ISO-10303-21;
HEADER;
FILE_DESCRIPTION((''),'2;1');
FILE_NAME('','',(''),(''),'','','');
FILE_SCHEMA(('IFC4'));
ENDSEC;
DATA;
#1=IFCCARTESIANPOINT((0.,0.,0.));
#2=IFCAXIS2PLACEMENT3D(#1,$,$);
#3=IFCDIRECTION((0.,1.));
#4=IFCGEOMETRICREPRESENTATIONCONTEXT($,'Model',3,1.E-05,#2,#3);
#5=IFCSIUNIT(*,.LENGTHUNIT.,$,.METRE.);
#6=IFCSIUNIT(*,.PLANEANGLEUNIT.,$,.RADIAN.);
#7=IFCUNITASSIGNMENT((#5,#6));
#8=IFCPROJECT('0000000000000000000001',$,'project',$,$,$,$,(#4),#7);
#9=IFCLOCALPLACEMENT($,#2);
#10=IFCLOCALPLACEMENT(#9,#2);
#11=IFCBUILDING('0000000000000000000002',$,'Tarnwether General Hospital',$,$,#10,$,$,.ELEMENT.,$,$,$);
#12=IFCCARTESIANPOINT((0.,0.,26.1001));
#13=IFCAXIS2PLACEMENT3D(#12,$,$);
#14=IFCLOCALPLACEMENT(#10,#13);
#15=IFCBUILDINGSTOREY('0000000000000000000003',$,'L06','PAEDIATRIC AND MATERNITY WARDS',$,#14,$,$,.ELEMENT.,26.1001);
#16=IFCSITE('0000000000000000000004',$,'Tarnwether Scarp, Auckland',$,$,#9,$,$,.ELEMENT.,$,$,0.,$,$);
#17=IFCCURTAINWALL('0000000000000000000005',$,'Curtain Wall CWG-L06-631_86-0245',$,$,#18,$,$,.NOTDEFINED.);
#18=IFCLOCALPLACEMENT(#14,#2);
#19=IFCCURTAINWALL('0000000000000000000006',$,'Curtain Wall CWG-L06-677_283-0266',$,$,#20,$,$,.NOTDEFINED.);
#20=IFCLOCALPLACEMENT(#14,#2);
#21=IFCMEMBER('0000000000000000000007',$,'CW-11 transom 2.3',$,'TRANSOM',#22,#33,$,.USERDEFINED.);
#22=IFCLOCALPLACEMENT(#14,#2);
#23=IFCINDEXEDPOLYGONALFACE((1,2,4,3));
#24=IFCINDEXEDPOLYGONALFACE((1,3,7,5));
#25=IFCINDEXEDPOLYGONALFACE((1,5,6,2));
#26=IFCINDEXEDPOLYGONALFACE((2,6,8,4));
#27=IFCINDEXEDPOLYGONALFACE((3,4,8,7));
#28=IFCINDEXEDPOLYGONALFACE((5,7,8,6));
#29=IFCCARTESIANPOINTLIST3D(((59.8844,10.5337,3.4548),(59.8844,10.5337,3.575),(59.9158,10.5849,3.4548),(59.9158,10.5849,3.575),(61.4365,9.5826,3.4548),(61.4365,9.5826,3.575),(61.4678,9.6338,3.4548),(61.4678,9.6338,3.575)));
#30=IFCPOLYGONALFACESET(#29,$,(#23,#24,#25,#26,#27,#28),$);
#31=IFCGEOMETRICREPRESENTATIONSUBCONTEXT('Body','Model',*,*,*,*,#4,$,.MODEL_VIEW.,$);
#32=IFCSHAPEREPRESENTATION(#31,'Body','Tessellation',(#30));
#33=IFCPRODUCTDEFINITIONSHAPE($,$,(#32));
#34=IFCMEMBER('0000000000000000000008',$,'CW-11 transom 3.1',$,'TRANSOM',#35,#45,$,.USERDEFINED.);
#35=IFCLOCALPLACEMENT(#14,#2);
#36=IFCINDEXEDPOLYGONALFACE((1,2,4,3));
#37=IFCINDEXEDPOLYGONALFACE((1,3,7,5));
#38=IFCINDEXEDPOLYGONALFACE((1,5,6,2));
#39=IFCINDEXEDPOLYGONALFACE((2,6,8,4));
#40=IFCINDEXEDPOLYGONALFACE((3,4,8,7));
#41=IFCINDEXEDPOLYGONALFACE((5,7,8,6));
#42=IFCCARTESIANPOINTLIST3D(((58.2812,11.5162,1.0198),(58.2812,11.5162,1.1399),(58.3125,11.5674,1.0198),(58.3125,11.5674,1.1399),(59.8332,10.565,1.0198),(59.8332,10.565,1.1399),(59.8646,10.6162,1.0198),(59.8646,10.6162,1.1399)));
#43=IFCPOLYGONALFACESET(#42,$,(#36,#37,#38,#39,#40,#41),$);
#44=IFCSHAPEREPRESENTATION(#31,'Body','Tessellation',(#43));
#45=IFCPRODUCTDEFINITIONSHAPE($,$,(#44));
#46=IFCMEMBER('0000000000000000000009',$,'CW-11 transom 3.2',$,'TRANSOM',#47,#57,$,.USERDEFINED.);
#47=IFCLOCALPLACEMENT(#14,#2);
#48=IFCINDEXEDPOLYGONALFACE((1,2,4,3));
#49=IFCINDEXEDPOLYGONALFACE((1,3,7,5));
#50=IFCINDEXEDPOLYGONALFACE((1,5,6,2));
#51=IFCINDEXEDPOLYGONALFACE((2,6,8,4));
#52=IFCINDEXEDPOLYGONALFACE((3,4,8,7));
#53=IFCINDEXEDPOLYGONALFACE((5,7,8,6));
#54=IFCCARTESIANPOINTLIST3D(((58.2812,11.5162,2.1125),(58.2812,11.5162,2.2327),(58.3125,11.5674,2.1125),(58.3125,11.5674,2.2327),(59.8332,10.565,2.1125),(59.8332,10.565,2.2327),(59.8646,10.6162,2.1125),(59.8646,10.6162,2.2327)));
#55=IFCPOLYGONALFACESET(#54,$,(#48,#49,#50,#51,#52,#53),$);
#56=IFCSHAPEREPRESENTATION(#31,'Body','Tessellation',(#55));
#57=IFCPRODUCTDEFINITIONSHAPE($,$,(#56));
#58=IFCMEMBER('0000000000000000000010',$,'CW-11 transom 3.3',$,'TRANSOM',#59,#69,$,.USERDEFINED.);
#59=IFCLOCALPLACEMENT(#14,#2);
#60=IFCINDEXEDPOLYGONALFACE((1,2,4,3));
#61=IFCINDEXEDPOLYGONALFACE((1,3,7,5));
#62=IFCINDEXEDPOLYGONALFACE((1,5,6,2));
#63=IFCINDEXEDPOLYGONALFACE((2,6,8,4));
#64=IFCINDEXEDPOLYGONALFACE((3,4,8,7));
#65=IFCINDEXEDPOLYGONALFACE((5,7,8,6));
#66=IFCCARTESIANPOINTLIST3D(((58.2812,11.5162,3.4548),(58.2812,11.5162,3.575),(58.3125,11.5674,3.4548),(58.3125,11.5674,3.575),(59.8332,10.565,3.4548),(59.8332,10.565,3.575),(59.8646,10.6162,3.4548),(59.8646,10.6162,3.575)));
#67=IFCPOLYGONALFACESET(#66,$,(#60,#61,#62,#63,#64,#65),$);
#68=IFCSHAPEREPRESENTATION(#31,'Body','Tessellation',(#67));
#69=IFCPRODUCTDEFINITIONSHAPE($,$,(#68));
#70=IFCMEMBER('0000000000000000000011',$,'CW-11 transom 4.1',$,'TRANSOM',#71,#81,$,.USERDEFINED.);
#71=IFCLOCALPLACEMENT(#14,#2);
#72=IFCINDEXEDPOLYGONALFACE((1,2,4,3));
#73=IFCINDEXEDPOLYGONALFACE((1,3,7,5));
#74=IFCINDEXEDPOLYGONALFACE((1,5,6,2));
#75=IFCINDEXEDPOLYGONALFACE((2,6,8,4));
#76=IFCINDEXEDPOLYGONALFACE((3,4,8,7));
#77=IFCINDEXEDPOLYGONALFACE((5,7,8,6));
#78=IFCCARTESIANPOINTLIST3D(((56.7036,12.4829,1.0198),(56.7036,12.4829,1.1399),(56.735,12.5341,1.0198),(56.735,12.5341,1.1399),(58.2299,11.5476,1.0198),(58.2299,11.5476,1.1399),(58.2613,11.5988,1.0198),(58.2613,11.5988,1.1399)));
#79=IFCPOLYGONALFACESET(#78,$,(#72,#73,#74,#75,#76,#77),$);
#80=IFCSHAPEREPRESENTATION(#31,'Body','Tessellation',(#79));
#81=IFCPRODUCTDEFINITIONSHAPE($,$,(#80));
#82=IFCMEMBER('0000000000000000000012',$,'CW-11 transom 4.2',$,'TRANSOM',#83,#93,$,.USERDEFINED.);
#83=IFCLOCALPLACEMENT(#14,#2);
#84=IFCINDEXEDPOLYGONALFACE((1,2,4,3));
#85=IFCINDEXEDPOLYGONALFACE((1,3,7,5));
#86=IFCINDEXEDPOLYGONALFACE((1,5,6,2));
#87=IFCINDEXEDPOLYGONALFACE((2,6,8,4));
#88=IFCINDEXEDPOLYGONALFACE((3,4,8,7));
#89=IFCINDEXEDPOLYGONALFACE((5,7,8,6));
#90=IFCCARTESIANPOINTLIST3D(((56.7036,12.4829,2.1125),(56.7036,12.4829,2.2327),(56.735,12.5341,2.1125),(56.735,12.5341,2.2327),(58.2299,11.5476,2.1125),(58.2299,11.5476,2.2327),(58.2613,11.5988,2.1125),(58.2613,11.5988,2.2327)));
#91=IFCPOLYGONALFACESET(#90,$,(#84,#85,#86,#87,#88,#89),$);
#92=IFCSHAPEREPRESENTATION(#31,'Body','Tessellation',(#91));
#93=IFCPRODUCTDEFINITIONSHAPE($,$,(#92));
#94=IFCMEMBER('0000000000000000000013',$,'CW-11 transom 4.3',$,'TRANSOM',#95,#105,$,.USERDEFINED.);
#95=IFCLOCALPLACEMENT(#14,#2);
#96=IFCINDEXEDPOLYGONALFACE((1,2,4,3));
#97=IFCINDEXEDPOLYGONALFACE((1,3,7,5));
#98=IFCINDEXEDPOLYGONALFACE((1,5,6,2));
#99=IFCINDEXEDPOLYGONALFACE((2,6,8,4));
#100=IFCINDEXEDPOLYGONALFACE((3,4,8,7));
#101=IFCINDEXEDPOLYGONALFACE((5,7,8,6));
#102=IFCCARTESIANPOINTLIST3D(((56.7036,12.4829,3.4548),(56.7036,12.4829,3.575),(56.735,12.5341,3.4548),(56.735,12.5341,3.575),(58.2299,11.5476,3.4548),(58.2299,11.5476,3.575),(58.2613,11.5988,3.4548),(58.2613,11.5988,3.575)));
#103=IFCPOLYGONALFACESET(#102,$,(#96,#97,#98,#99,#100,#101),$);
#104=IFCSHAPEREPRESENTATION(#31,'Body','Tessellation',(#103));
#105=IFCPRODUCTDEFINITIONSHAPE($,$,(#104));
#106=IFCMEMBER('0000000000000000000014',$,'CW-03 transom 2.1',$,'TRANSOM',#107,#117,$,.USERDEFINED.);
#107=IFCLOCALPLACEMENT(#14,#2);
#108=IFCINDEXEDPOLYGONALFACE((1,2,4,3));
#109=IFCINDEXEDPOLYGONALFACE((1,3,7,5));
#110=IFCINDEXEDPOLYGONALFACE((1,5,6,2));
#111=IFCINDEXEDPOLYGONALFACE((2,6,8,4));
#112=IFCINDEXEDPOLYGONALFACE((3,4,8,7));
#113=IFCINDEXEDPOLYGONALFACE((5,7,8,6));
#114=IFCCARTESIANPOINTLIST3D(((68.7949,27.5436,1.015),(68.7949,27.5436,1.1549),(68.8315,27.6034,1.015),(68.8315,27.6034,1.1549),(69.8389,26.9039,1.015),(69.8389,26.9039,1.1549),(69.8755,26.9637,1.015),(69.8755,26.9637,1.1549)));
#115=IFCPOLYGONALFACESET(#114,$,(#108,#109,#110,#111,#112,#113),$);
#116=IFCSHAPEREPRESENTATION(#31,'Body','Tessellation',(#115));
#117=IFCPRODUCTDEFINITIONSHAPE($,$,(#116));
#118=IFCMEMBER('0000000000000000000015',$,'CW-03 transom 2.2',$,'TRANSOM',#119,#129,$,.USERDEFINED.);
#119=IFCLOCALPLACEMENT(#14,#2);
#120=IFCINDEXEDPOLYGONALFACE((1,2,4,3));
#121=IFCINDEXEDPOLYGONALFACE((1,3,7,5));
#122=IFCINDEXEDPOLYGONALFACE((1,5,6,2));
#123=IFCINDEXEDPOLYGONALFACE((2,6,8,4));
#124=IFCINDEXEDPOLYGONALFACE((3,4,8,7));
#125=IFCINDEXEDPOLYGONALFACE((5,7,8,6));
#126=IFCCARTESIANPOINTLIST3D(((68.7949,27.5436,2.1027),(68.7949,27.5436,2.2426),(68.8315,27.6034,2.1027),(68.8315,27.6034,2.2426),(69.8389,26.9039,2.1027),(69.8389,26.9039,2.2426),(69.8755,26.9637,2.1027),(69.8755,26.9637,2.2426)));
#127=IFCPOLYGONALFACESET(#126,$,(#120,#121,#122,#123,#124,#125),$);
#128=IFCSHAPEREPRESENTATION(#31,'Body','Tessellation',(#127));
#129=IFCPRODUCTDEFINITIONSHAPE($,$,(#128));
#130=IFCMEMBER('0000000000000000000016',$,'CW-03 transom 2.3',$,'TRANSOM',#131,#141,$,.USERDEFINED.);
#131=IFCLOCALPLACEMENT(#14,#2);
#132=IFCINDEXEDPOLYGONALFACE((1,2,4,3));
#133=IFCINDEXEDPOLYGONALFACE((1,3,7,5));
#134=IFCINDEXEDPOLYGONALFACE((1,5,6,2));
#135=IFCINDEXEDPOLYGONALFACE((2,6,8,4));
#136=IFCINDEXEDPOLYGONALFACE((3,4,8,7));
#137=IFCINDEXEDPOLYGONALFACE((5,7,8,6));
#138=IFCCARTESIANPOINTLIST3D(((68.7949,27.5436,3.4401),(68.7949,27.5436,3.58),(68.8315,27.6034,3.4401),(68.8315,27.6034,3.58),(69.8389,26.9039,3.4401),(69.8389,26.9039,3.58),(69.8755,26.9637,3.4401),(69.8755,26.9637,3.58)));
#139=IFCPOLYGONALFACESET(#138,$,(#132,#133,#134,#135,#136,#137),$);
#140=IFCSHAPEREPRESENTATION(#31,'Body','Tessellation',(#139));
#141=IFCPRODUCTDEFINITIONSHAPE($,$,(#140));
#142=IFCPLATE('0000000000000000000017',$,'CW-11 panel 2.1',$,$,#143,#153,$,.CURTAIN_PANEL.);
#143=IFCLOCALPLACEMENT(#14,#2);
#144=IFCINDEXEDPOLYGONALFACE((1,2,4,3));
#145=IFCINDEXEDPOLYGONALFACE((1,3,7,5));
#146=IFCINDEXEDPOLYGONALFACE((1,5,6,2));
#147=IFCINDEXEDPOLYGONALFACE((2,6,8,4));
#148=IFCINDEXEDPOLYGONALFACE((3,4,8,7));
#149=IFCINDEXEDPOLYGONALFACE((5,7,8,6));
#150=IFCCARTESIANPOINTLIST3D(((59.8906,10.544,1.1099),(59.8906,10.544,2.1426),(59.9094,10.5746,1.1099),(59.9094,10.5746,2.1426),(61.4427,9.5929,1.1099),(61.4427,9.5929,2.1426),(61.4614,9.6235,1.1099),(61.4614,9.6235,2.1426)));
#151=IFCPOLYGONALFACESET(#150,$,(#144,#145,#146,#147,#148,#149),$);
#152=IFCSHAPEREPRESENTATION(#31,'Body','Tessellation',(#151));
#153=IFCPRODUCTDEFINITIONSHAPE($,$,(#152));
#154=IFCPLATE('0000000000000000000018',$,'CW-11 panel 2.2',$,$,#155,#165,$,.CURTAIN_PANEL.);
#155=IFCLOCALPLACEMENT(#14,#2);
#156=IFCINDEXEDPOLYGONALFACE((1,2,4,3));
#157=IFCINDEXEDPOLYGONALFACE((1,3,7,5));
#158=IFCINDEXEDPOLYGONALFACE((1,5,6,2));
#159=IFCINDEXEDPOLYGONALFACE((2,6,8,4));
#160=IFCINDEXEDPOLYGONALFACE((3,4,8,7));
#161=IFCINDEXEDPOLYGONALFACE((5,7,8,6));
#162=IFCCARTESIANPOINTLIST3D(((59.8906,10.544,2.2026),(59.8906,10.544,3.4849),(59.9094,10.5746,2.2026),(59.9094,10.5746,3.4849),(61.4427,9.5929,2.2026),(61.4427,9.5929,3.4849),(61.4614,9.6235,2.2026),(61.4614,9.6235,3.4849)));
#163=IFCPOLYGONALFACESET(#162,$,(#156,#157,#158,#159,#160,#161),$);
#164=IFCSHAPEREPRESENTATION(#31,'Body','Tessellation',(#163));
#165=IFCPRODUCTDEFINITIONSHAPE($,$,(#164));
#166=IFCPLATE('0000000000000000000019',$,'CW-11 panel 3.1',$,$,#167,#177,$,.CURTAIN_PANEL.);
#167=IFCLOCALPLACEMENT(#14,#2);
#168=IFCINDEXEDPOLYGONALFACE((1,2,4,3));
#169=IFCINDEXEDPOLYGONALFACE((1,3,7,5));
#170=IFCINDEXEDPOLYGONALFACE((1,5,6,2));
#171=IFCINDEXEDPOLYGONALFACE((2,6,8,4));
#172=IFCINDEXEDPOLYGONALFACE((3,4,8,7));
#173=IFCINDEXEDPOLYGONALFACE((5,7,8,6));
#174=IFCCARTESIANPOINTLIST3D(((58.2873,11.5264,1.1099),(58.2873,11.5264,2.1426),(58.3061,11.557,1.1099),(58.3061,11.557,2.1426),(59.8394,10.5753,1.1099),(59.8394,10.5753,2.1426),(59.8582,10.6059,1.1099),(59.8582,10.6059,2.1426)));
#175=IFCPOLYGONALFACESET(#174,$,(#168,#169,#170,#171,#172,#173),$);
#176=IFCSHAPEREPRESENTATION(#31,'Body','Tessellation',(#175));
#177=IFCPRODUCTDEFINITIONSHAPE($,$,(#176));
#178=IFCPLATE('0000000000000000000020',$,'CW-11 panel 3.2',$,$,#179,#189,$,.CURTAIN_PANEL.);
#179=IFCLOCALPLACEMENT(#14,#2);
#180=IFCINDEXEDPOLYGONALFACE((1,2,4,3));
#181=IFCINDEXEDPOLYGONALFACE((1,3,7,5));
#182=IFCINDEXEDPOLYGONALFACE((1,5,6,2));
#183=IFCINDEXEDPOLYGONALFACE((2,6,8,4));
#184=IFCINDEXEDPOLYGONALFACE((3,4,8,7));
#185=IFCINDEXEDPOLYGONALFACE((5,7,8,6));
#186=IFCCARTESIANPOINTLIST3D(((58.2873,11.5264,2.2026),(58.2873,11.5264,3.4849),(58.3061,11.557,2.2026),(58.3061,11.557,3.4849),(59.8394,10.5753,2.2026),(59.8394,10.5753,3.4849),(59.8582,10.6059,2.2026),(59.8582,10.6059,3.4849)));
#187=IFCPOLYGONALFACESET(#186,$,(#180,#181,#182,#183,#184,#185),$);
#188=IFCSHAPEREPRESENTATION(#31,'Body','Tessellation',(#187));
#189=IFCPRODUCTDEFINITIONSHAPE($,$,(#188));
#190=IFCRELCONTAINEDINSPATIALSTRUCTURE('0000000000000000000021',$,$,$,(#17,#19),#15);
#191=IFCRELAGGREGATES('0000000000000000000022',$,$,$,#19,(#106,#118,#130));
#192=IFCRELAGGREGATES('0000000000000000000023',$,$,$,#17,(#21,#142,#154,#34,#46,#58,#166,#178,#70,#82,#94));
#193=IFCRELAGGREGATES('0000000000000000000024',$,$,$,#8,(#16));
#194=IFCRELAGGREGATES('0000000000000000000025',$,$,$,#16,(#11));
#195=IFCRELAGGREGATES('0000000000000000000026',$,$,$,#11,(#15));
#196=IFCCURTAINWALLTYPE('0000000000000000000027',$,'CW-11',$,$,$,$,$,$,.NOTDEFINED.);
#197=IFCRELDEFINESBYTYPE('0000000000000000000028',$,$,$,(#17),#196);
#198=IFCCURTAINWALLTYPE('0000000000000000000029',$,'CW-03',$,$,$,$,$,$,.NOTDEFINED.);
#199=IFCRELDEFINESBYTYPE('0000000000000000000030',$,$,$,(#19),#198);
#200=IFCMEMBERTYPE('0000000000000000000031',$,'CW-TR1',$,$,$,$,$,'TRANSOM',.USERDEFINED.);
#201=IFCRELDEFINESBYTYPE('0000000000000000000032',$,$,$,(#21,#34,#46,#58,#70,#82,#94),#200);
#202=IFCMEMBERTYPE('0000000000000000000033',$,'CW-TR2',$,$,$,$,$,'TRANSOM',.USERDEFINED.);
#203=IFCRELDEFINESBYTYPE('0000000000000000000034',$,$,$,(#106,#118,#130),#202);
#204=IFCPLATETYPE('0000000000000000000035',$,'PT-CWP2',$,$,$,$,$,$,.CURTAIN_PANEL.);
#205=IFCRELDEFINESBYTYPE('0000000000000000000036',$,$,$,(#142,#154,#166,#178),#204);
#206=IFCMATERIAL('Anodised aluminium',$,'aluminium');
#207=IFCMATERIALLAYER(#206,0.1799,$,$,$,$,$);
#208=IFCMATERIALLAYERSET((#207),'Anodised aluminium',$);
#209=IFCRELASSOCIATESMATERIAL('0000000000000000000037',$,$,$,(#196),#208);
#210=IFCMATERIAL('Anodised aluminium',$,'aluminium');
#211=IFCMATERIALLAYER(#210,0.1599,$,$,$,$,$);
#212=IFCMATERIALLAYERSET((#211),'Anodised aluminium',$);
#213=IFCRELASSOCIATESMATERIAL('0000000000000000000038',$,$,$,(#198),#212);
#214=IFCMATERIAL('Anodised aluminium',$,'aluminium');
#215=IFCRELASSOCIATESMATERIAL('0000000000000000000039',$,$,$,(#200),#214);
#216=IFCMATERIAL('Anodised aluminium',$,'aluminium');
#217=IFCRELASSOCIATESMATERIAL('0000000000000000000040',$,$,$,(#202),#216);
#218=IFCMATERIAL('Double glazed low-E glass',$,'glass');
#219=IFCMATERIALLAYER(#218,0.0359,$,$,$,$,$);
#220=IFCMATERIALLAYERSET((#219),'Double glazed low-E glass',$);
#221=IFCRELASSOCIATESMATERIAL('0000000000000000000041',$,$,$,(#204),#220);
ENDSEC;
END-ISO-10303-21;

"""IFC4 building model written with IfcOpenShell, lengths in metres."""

from ifc_helpers import new_model, si_unit, direction, frame, origin, origin_2d, place, context, subcontext, project, spatial, rectangle, extrude, material, layer, layer_set, material_profile, profile_set, type_object, element, aggregate, save


model = new_model("IFC4")

# Units and contexts
model_context = context("Model", 3, precision=1e-05, world=origin(), true_north=direction((0.0, 1.0)))
body_context = subcontext(model_context, "Body", "Model", "MODEL_VIEW")
ifc_project = project(units=[si_unit("LENGTHUNIT", "METRE"), si_unit("PLANEANGLEUNIT", "RADIAN")], contexts=[model_context])

# Site, building, storey
site_placement = place(None, origin())
site = spatial("IfcSite", under=ifc_project, at=site_placement, Name="Tarnwether Scarp, Auckland", CompositionType="ELEMENT", RefElevation=0.0)
building_placement = place(site_placement, origin())
building = spatial("IfcBuilding", under=site, at=building_placement, Name="Tarnwether General Hospital", CompositionType="ELEMENT")
storey_placement = place(building_placement, frame((0.0, 0.0, 26.1001)))
storey = spatial("IfcBuildingStorey", under=building, at=storey_placement, Name="L06", Description="PAEDIATRIC AND MATERNITY WARDS", CompositionType="ELEMENT", Elevation=26.1001)

# Curtain wall
ifc_material_1 = material(Name="Anodised aluminium", Category="aluminium")
ifc_layer_1 = layer(ifc_material_1, 0.1799)
ifc_layer_set_1 = layer_set([ifc_layer_1], Name="Anodised aluminium")
curtain_wall_type_1 = type_object("IfcCurtainWallType", Name="CW-11", PredefinedType="NOTDEFINED", material=ifc_layer_set_1)
curtain_wall_1_placement = place(storey_placement, origin())
curtain_wall_1 = element("IfcCurtainWall", 1, at=curtain_wall_1_placement, inside=storey, type_object=curtain_wall_type_1, Name="Curtain Wall CWG-L06-631_86-0245", PredefinedType="NOTDEFINED")

# Curtain wall
ifc_material_2 = material(Name="Anodised aluminium", Category="aluminium")
ifc_layer_2 = layer(ifc_material_2, 0.1599)
ifc_layer_set_2 = layer_set([ifc_layer_2], Name="Anodised aluminium")
curtain_wall_type_2 = type_object("IfcCurtainWallType", Name="CW-03", PredefinedType="NOTDEFINED", material=ifc_layer_set_2)
curtain_wall_2_placement = place(storey_placement, origin())
curtain_wall_2 = element("IfcCurtainWall", 2, at=curtain_wall_2_placement, inside=storey, type_object=curtain_wall_type_2, Name="Curtain Wall CWG-L06-677_283-0266", PredefinedType="NOTDEFINED")

# Members
ifc_material_3 = material(Name="Anodised aluminium", Category="aluminium")
ifc_material_profile_1 = material_profile(ifc_material_3, rectangle(XDim=0.0601, YDim=0.1201, at=origin_2d()), Name="ALU-TRN-60x120")
ifc_profile_set_1 = profile_set([ifc_material_profile_1], Name="Anodised aluminium")
member_type_1 = type_object("IfcMemberType", Name="CW-TR1", ElementType="TRANSOM", PredefinedType="USERDEFINED", material=ifc_profile_set_1)
member_1_placement = place(storey_placement, frame((61.4521, 9.6082, 3.5149), z_axis=(-0.852615, 0.52254, 0.0), x_axis=(-0.52254, -0.852615, 0.0)))
member_1 = element("IfcMember", 3, at=member_1_placement, type_object=member_type_1, Name="CW-11 transom 2.3", ObjectType="TRANSOM", PredefinedType="USERDEFINED", context=body_context, shape_type="SweptSolid", body=[
    extrude(rectangle(XDim=0.0601, YDim=0.1201, at=origin_2d()), origin(), (0.0, 0.0, 1.0), 1.8203),
])
member_2_placement = place(storey_placement, frame((59.8489, 10.5906, 1.0798), z_axis=(-0.852615, 0.52254, 0.0), x_axis=(-0.52254, -0.852615, 0.0)))
member_2 = element("IfcMember", 4, at=member_2_placement, type_object=member_type_1, Name="CW-11 transom 3.1", ObjectType="TRANSOM", PredefinedType="USERDEFINED", context=body_context, shape_type="SweptSolid", body=[
    extrude(rectangle(XDim=0.0601, YDim=0.1201, at=origin_2d()), origin(), (0.0, 0.0, 1.0), 1.8203),
])
member_3_placement = place(storey_placement, frame((59.8489, 10.5906, 2.1726), z_axis=(-0.852615, 0.52254, 0.0), x_axis=(-0.52254, -0.852615, 0.0)))
member_3 = element("IfcMember", 5, at=member_3_placement, type_object=member_type_1, Name="CW-11 transom 3.2", ObjectType="TRANSOM", PredefinedType="USERDEFINED", context=body_context, shape_type="SweptSolid", body=[
    extrude(rectangle(XDim=0.0601, YDim=0.1201, at=origin_2d()), origin(), (0.0, 0.0, 1.0), 1.8203),
])
member_4_placement = place(storey_placement, frame((59.8489, 10.5906, 3.5149), z_axis=(-0.852615, 0.52254, 0.0), x_axis=(-0.52254, -0.852615, 0.0)))
member_4 = element("IfcMember", 6, at=member_4_placement, type_object=member_type_1, Name="CW-11 transom 3.3", ObjectType="TRANSOM", PredefinedType="USERDEFINED", context=body_context, shape_type="SweptSolid", body=[
    extrude(rectangle(XDim=0.0601, YDim=0.1201, at=origin_2d()), origin(), (0.0, 0.0, 1.0), 1.8203),
])
member_5_placement = place(storey_placement, frame((58.2456, 11.5732, 1.0798), z_axis=(-0.852654, 0.522476, 0.0), x_axis=(-0.522476, -0.852654, 0.0)))
member_5 = element("IfcMember", 7, at=member_5_placement, type_object=member_type_1, Name="CW-11 transom 4.1", ObjectType="TRANSOM", PredefinedType="USERDEFINED", context=body_context, shape_type="SweptSolid", body=[
    extrude(rectangle(XDim=0.0601, YDim=0.1201, at=origin_2d()), origin(), (0.0, 0.0, 1.0), 1.79),
])
member_6_placement = place(storey_placement, frame((58.2456, 11.5732, 2.1726), z_axis=(-0.852654, 0.522476, 0.0), x_axis=(-0.522476, -0.852654, 0.0)))
member_6 = element("IfcMember", 8, at=member_6_placement, type_object=member_type_1, Name="CW-11 transom 4.2", ObjectType="TRANSOM", PredefinedType="USERDEFINED", context=body_context, shape_type="SweptSolid", body=[
    extrude(rectangle(XDim=0.0601, YDim=0.1201, at=origin_2d()), origin(), (0.0, 0.0, 1.0), 1.79),
])
member_7_placement = place(storey_placement, frame((58.2456, 11.5732, 3.5149), z_axis=(-0.852654, 0.522476, 0.0), x_axis=(-0.522476, -0.852654, 0.0)))
member_7 = element("IfcMember", 9, at=member_7_placement, type_object=member_type_1, Name="CW-11 transom 4.3", ObjectType="TRANSOM", PredefinedType="USERDEFINED", context=body_context, shape_type="SweptSolid", body=[
    extrude(rectangle(XDim=0.0601, YDim=0.1201, at=origin_2d()), origin(), (0.0, 0.0, 1.0), 1.79),
])
ifc_material_4 = material(Name="Anodised aluminium", Category="aluminium")
ifc_material_profile_2 = material_profile(ifc_material_4, rectangle(XDim=0.0701, YDim=0.1399, at=origin_2d()), Name="ALU-TRN-70x140")
ifc_profile_set_2 = profile_set([ifc_material_profile_2], Name="Anodised aluminium")
member_type_2 = type_object("IfcMemberType", Name="CW-TR2", ElementType="TRANSOM", PredefinedType="USERDEFINED", material=ifc_profile_set_2)
member_8_placement = place(storey_placement, frame((68.8132, 27.5735, 1.085), z_axis=(0.85267, -0.52245, 0.0), x_axis=(0.52245, 0.85267, 0.0)))
member_8 = element("IfcMember", 10, at=member_8_placement, type_object=member_type_2, Name="CW-03 transom 2.1", ObjectType="TRANSOM", PredefinedType="USERDEFINED", context=body_context, shape_type="SweptSolid", body=[
    extrude(rectangle(XDim=0.0701, YDim=0.1399, at=origin_2d()), origin(), (0.0, 0.0, 1.0), 1.2244),
])
member_9_placement = place(storey_placement, frame((68.8132, 27.5735, 2.1726), z_axis=(0.85267, -0.52245, 0.0), x_axis=(0.52245, 0.85267, 0.0)))
member_9 = element("IfcMember", 11, at=member_9_placement, type_object=member_type_2, Name="CW-03 transom 2.2", ObjectType="TRANSOM", PredefinedType="USERDEFINED", context=body_context, shape_type="SweptSolid", body=[
    extrude(rectangle(XDim=0.0701, YDim=0.1399, at=origin_2d()), origin(), (0.0, 0.0, 1.0), 1.2244),
])
member_10_placement = place(storey_placement, frame((68.8132, 27.5735, 3.51), z_axis=(0.85267, -0.52245, 0.0), x_axis=(0.52245, 0.85267, 0.0)))
member_10 = element("IfcMember", 12, at=member_10_placement, type_object=member_type_2, Name="CW-03 transom 2.3", ObjectType="TRANSOM", PredefinedType="USERDEFINED", context=body_context, shape_type="SweptSolid", body=[
    extrude(rectangle(XDim=0.0701, YDim=0.1399, at=origin_2d()), origin(), (0.0, 0.0, 1.0), 1.2244),
])
aggregate(curtain_wall_2, [member_8, member_9, member_10])

# Plates
ifc_material_5 = material(Name="Double glazed low-E glass", Category="glass")
ifc_layer_3 = layer(ifc_material_5, 0.0359)
ifc_layer_set_3 = layer_set([ifc_layer_3], Name="Double glazed low-E glass")
plate_type_1 = type_object("IfcPlateType", Name="PT-CWP2", PredefinedType="CURTAIN_PANEL", material=ifc_layer_set_3)
plate_1_placement = place(storey_placement, frame((60.676, 10.0837, 1.1099), z_axis=(0.0, 0.0, 1.0), x_axis=(-0.852634, 0.522509, 0.0)))
plate_1 = element("IfcPlate", 13, at=plate_1_placement, type_object=plate_type_1, Name="CW-11 panel 2.1", PredefinedType="CURTAIN_PANEL", context=body_context, shape_type="SweptSolid", body=[
    extrude(rectangle(XDim=1.8203, YDim=0.0359, at=origin_2d()), origin(), (0.0, 0.0, 1.0), 1.0327),
])
plate_2_placement = place(storey_placement, frame((60.676, 10.0837, 2.2026), z_axis=(0.0, 0.0, 1.0), x_axis=(-0.852634, 0.522509, 0.0)))
plate_2 = element("IfcPlate", 14, at=plate_2_placement, type_object=plate_type_1, Name="CW-11 panel 2.2", PredefinedType="CURTAIN_PANEL", context=body_context, shape_type="SweptSolid", body=[
    extrude(rectangle(XDim=1.8203, YDim=0.0359, at=origin_2d()), origin(), (0.0, 0.0, 1.0), 1.2822),
])
plate_3_placement = place(storey_placement, frame((59.0728, 11.0662, 1.1099), z_axis=(0.0, 0.0, 1.0), x_axis=(-0.852634, 0.522509, 0.0)))
plate_3 = element("IfcPlate", 15, at=plate_3_placement, type_object=plate_type_1, Name="CW-11 panel 3.1", PredefinedType="CURTAIN_PANEL", context=body_context, shape_type="SweptSolid", body=[
    extrude(rectangle(XDim=1.8203, YDim=0.0359, at=origin_2d()), origin(), (0.0, 0.0, 1.0), 1.0327),
])
plate_4_placement = place(storey_placement, frame((59.0728, 11.0662, 2.2026), z_axis=(0.0, 0.0, 1.0), x_axis=(-0.852634, 0.522509, 0.0)))
plate_4 = element("IfcPlate", 16, at=plate_4_placement, type_object=plate_type_1, Name="CW-11 panel 3.2", PredefinedType="CURTAIN_PANEL", context=body_context, shape_type="SweptSolid", body=[
    extrude(rectangle(XDim=1.8203, YDim=0.0359, at=origin_2d()), origin(), (0.0, 0.0, 1.0), 1.2822),
])
aggregate(curtain_wall_1, [member_1, plate_1, plate_2, member_2, member_3, member_4, plate_3, plate_4, member_5, member_6, member_7])

save(model, "model.ifc")
